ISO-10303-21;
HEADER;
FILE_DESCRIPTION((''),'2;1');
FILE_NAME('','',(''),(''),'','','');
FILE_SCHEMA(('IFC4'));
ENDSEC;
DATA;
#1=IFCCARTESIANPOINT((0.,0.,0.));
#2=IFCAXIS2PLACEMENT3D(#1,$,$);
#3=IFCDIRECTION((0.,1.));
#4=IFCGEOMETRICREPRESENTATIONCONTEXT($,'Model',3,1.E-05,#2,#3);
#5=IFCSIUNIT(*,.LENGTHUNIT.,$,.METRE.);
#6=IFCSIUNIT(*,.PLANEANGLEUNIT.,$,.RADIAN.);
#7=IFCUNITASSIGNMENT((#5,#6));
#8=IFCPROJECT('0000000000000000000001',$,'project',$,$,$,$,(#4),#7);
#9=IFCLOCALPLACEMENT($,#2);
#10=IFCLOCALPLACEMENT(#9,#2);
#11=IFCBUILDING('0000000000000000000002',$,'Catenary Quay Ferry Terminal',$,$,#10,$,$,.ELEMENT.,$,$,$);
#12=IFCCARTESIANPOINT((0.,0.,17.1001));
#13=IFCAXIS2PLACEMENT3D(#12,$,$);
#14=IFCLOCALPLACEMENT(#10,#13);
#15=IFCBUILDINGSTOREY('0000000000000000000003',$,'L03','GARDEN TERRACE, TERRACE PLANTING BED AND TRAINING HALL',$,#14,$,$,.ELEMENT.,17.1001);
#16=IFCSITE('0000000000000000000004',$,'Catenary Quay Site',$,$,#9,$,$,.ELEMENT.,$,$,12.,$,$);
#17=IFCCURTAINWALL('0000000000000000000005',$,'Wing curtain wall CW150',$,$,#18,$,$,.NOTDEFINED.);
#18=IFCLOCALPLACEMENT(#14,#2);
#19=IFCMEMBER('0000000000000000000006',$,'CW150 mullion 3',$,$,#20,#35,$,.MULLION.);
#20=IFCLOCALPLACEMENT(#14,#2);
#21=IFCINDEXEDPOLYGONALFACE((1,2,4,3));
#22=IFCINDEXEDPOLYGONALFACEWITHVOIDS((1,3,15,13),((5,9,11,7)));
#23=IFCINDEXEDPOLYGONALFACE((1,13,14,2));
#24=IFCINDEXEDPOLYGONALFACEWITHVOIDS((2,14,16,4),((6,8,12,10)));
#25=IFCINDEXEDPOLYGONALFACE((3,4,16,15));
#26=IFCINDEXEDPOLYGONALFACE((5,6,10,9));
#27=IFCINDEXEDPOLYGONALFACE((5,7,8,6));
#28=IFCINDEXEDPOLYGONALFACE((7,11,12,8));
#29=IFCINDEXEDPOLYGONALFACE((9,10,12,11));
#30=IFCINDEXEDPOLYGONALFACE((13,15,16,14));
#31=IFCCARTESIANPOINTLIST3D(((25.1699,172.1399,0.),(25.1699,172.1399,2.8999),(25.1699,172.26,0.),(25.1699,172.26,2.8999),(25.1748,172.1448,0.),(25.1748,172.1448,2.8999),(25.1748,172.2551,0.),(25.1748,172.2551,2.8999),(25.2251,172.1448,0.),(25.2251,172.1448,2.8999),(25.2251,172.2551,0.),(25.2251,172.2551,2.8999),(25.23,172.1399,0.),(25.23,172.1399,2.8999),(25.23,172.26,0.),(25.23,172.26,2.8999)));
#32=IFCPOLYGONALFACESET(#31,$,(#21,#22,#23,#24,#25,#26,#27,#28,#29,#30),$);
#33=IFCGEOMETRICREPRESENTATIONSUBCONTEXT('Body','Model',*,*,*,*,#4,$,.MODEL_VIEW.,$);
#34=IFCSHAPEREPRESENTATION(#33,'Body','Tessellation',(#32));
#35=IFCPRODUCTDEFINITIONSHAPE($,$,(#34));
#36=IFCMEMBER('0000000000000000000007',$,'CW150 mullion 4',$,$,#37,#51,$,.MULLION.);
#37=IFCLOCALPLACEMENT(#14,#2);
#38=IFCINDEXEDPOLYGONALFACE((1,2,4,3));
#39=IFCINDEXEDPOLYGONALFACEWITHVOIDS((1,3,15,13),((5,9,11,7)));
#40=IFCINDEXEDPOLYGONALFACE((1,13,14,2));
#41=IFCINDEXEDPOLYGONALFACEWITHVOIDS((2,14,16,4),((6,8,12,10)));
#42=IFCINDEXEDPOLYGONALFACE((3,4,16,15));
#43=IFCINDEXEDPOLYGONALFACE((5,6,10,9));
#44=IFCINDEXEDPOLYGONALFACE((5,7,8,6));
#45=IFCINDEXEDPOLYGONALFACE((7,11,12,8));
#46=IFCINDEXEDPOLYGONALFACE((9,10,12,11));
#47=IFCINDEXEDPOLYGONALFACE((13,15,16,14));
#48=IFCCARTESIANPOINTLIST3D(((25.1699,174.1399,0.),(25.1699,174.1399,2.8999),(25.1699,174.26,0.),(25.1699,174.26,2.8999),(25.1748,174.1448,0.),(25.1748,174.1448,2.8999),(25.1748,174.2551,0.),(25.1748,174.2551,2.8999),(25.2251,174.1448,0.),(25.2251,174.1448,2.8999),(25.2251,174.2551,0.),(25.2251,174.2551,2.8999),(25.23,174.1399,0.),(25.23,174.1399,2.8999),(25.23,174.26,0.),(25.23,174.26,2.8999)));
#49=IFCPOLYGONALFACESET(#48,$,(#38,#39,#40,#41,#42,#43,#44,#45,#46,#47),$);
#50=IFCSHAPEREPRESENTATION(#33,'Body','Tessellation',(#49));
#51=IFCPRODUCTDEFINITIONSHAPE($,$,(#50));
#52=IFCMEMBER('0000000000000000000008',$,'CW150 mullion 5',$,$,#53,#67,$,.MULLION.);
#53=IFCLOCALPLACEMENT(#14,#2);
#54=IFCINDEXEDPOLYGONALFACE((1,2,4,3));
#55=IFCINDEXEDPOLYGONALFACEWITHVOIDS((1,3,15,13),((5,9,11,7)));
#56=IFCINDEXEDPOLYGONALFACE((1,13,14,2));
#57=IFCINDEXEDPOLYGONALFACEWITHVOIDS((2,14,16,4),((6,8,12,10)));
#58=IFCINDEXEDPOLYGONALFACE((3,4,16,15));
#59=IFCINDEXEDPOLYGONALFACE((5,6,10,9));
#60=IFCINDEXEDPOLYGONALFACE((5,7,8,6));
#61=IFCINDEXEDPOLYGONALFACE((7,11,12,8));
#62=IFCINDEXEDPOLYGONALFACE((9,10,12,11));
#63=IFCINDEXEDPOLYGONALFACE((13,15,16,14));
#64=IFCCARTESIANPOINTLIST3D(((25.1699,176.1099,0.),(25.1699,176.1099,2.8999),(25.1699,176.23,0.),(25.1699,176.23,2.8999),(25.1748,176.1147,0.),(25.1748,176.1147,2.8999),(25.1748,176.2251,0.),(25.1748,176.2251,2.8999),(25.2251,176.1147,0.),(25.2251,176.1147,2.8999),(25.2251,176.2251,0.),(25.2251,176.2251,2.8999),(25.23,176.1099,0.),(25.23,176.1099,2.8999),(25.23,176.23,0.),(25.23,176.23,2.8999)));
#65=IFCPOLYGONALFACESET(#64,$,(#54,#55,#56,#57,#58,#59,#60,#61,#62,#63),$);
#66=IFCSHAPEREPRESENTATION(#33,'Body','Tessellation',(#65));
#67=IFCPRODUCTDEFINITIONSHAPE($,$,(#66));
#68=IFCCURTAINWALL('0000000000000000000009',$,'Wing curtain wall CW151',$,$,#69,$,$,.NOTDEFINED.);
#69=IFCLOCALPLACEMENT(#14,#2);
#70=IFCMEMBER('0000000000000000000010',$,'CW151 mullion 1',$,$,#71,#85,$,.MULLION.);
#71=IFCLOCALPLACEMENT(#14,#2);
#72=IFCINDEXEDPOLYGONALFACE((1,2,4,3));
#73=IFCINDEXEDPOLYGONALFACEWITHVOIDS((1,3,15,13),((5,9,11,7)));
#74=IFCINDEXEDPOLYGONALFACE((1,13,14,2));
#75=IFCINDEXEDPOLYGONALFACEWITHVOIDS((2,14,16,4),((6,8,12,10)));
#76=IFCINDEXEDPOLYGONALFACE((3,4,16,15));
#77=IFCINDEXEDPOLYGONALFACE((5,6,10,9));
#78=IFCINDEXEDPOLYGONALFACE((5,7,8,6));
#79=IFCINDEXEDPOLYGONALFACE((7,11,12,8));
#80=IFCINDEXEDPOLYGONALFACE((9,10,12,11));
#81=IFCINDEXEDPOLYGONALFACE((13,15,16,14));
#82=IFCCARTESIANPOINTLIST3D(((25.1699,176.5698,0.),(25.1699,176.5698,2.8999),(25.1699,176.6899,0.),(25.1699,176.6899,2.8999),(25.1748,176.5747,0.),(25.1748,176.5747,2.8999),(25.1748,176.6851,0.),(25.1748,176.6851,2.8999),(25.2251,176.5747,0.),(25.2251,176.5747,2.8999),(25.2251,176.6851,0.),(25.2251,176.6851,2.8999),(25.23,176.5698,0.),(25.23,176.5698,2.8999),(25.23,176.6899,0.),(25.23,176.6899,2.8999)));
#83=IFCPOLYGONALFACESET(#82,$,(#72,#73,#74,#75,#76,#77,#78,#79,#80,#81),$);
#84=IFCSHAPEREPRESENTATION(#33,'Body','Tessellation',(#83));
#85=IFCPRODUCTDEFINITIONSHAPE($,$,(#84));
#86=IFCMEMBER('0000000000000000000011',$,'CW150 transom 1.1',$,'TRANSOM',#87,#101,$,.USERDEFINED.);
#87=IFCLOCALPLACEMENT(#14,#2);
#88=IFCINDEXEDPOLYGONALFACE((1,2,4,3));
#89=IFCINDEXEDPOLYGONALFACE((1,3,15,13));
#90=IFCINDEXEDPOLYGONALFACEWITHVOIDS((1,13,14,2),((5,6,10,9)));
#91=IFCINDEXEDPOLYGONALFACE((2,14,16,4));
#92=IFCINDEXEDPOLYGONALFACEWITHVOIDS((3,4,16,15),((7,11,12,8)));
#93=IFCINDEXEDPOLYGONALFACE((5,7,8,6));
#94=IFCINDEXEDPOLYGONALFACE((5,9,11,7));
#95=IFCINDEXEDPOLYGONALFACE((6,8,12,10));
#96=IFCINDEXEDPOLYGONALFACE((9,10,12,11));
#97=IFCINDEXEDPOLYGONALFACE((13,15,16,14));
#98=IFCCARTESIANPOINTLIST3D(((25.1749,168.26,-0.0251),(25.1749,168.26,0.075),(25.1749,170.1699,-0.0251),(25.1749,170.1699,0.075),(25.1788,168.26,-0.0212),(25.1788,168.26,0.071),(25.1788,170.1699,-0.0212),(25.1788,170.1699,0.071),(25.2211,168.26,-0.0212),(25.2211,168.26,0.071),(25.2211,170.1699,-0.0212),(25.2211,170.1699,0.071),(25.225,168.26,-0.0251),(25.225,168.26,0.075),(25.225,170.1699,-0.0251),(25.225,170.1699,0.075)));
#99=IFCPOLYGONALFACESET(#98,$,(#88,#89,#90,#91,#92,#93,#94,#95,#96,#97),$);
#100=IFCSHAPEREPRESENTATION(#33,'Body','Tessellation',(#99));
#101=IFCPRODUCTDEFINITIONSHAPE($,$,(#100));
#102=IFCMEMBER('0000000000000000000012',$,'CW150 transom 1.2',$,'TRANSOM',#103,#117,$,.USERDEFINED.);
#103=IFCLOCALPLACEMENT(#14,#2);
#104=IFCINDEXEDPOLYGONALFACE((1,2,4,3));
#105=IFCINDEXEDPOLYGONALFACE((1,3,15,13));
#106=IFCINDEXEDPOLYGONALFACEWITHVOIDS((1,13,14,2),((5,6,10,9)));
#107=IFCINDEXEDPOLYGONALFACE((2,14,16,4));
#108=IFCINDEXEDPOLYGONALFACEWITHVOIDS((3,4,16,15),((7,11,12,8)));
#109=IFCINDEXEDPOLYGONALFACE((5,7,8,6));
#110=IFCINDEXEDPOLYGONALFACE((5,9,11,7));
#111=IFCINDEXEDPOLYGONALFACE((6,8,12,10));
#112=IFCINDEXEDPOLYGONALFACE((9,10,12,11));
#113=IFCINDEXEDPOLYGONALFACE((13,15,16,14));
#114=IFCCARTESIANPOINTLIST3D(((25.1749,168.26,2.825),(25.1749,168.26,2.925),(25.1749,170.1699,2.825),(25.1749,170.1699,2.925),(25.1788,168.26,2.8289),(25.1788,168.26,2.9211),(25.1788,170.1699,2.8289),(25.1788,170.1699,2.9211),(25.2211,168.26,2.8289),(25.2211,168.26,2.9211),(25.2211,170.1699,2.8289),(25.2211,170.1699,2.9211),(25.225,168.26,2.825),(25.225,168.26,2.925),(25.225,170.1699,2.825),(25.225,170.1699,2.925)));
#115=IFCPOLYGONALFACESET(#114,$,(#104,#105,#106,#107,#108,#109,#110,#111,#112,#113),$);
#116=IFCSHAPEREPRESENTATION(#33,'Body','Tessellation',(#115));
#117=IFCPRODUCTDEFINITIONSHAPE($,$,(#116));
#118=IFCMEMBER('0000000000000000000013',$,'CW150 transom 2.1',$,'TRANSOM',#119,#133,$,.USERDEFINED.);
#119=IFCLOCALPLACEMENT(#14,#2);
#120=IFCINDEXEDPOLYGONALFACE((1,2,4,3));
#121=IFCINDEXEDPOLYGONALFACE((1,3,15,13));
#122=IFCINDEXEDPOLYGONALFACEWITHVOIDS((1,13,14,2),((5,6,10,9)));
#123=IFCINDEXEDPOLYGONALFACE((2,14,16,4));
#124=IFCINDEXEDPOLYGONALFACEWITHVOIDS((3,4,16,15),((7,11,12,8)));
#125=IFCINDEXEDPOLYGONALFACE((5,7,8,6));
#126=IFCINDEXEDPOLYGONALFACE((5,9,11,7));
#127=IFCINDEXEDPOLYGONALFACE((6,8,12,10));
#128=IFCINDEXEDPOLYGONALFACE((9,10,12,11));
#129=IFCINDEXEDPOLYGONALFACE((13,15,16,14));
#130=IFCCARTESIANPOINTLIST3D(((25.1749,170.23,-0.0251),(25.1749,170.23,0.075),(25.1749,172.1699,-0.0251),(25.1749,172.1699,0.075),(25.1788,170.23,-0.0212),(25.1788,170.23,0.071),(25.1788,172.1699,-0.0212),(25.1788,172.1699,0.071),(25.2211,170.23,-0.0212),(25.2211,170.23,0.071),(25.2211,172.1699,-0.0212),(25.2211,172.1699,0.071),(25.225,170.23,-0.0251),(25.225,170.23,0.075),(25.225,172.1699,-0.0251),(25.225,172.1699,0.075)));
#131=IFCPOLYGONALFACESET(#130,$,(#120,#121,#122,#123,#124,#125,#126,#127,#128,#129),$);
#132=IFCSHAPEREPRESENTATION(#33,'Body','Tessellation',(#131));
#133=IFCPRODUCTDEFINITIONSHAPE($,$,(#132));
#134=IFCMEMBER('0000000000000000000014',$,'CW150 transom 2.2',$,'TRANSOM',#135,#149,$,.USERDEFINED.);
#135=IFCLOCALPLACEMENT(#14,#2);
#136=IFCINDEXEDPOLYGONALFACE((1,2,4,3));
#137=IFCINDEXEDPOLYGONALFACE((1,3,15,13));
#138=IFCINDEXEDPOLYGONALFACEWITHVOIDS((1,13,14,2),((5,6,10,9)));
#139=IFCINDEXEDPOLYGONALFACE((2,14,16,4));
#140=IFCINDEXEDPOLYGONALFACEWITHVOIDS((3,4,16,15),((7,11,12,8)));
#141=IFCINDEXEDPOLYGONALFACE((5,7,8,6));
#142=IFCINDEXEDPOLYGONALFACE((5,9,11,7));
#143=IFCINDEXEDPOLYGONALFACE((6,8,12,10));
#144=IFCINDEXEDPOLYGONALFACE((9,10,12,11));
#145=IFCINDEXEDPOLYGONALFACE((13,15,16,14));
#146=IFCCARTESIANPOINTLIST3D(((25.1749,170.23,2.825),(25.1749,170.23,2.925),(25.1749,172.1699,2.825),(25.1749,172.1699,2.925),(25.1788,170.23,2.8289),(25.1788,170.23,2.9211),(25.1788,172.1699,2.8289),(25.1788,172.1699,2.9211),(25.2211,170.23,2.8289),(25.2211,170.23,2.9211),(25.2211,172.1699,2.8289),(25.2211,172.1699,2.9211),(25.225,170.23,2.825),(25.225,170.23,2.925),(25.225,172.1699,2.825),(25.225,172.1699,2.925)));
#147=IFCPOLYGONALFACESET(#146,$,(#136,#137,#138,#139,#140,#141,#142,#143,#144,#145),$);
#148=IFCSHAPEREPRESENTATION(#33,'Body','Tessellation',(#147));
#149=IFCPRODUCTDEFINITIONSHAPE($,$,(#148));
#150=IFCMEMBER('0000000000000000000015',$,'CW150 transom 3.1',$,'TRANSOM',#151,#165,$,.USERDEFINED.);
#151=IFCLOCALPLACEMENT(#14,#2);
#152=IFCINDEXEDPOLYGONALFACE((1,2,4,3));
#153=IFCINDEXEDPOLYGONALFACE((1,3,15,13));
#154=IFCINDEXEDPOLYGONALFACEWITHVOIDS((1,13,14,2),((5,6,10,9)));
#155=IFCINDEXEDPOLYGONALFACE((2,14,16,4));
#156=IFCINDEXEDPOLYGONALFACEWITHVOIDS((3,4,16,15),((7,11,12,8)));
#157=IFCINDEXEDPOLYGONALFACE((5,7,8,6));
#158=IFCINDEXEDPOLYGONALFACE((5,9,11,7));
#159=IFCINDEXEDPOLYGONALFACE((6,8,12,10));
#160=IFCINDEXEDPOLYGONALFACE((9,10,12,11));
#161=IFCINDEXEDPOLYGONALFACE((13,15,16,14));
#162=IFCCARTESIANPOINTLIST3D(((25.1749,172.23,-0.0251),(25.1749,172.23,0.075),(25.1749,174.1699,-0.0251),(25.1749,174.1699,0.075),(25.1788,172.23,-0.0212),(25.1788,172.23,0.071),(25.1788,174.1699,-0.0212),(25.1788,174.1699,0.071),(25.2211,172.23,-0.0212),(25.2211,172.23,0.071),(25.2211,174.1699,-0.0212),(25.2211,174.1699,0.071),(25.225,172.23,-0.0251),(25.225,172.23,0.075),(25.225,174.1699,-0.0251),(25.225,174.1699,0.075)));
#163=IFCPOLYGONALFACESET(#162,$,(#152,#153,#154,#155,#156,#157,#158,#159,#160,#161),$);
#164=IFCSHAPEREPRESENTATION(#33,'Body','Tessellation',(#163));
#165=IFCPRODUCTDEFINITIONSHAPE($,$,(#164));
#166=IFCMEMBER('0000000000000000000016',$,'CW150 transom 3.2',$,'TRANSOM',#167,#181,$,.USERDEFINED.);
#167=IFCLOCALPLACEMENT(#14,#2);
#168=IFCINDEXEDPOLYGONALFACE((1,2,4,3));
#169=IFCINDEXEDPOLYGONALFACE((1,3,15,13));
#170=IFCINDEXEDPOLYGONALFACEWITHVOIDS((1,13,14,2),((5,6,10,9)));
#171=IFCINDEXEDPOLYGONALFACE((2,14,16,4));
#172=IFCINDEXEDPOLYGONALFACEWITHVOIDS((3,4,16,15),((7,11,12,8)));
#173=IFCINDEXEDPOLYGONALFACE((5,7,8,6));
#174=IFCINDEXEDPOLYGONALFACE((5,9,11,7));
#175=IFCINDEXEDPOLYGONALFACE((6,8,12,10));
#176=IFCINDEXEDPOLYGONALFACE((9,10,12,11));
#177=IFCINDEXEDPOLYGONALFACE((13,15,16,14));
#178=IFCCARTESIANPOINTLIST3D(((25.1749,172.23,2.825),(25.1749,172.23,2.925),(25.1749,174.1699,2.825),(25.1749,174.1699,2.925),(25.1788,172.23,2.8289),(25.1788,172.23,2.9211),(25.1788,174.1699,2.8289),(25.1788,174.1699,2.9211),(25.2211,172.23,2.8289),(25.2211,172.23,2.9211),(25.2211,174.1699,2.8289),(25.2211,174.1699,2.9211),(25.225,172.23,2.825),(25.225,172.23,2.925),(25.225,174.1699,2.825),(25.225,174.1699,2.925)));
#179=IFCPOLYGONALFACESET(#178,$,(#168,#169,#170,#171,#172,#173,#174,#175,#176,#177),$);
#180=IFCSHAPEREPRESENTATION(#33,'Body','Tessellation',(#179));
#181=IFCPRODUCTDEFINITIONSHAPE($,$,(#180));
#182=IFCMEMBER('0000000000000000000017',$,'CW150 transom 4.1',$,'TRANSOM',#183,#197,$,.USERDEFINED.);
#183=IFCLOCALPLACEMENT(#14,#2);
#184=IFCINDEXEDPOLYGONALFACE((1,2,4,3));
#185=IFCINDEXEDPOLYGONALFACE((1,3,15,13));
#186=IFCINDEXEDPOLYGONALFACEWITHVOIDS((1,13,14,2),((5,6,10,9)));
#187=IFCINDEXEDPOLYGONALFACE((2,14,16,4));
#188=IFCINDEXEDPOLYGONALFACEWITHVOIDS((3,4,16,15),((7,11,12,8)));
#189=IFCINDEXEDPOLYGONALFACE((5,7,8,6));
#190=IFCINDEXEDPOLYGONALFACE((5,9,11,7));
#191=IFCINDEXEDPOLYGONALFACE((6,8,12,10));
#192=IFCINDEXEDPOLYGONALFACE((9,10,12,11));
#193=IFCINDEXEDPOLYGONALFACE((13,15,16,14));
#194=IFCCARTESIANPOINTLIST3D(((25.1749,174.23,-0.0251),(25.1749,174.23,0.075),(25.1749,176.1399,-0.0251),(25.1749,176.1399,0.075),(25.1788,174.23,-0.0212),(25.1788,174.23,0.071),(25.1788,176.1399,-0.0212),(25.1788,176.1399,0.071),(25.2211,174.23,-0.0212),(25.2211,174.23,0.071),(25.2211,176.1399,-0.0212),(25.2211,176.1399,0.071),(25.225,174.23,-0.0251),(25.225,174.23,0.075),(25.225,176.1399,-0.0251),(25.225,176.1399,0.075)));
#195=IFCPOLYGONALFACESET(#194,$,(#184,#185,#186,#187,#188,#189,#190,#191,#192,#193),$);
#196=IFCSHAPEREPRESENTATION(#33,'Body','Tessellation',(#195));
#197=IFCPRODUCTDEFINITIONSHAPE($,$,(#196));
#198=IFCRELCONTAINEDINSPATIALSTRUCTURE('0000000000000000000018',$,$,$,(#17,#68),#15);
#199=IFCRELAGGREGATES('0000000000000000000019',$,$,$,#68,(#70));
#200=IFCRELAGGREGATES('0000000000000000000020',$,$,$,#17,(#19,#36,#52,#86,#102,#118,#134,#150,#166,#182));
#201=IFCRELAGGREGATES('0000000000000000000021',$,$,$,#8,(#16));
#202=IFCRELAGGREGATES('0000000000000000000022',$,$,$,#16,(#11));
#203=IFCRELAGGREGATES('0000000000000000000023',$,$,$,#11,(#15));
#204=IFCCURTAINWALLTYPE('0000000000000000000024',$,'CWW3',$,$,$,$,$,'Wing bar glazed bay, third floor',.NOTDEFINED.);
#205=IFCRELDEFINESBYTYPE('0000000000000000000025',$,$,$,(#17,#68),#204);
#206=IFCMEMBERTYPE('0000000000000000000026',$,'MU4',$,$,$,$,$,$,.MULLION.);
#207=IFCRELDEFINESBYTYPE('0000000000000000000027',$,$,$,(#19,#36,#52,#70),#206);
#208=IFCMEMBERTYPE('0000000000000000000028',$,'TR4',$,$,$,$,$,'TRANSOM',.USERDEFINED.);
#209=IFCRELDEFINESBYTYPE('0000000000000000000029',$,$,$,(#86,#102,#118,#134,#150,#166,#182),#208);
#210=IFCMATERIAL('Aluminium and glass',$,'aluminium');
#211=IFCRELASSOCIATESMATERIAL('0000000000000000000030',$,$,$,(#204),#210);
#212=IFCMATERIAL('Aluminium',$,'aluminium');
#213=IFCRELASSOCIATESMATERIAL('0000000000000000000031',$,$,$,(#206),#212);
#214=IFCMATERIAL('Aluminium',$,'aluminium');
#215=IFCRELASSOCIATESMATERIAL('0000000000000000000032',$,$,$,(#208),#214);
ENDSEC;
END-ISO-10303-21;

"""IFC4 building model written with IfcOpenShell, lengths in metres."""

from ifc_helpers import new_model, si_unit, direction, frame, origin, origin_2d, place, context, subcontext, project, spatial, hollow_rectangle, extrude, material, material_profile, profile_set, type_object, element, aggregate, save


model = new_model("IFC4")

# Units and contexts
model_context = context("Model", 3, precision=1e-05, world=origin(), true_north=direction((0.0, 1.0)))
body_context = subcontext(model_context, "Body", "Model", "MODEL_VIEW")
ifc_project = project(units=[si_unit("LENGTHUNIT", "METRE"), si_unit("PLANEANGLEUNIT", "RADIAN")], contexts=[model_context])

# Site, building, storey
site_placement = place(None, origin())
site = spatial("IfcSite", under=ifc_project, at=site_placement, Name="Catenary Quay Site", CompositionType="ELEMENT", RefElevation=12.0)
building_placement = place(site_placement, origin())
building = spatial("IfcBuilding", under=site, at=building_placement, Name="Catenary Quay Ferry Terminal", CompositionType="ELEMENT")
storey_placement = place(building_placement, frame((0.0, 0.0, 17.1001)))
storey = spatial("IfcBuildingStorey", under=building, at=storey_placement, Name="L03", Description="GARDEN TERRACE, TERRACE PLANTING BED AND TRAINING HALL", CompositionType="ELEMENT", Elevation=17.1001)

# Curtain wall, members
ifc_material_1 = material(Name="Aluminium and glass", Category="aluminium")
curtain_wall_type = type_object("IfcCurtainWallType", Name="CWW3", ElementType="Wing bar glazed bay, third floor", PredefinedType="NOTDEFINED", material=ifc_material_1)
curtain_wall_1_placement = place(storey_placement, origin())
curtain_wall_1 = element("IfcCurtainWall", 1, at=curtain_wall_1_placement, inside=storey, type_object=curtain_wall_type, Name="Wing curtain wall CW150", PredefinedType="NOTDEFINED")
ifc_material_2 = material(Name="Aluminium", Category="aluminium")
ifc_material_profile_1 = material_profile(ifc_material_2, hollow_rectangle(XDim=0.0601, YDim=0.1201, WallThickness=0.0049, at=origin_2d()), Name="MU4")
ifc_profile_set_1 = profile_set([ifc_material_profile_1], Name="Aluminium")
member_type_1 = type_object("IfcMemberType", Name="MU4", PredefinedType="MULLION", material=ifc_profile_set_1)
member_1_placement = place(storey_placement, frame((25.2, 172.2, 0.0), z_axis=(0.0, 0.0, 1.0), x_axis=(-1.0, 0.0, 0.0)))
member_1 = element("IfcMember", 2, at=member_1_placement, type_object=member_type_1, Name="CW150 mullion 3", PredefinedType="MULLION", context=body_context, shape_type="SweptSolid", body=[
    extrude(hollow_rectangle(XDim=0.0601, YDim=0.1201, WallThickness=0.0049, at=origin_2d()), origin(), (0.0, 0.0, 1.0), 2.8999),
])
member_2_placement = place(storey_placement, frame((25.2, 174.2, 0.0), z_axis=(0.0, 0.0, 1.0), x_axis=(-1.0, 0.0, 0.0)))
member_2 = element("IfcMember", 3, at=member_2_placement, type_object=member_type_1, Name="CW150 mullion 4", PredefinedType="MULLION", context=body_context, shape_type="SweptSolid", body=[
    extrude(hollow_rectangle(XDim=0.0601, YDim=0.1201, WallThickness=0.0049, at=origin_2d()), origin(), (0.0, 0.0, 1.0), 2.8999),
])
member_3_placement = place(storey_placement, frame((25.2, 176.1699, 0.0), z_axis=(0.0, 0.0, 1.0), x_axis=(-1.0, 0.0, 0.0)))
member_3 = element("IfcMember", 4, at=member_3_placement, type_object=member_type_1, Name="CW150 mullion 5", PredefinedType="MULLION", context=body_context, shape_type="SweptSolid", body=[
    extrude(hollow_rectangle(XDim=0.0601, YDim=0.1201, WallThickness=0.0049, at=origin_2d()), origin(), (0.0, 0.0, 1.0), 2.8999),
])

# Curtain wall, member
curtain_wall_2_placement = place(storey_placement, origin())
curtain_wall_2 = element("IfcCurtainWall", 5, at=curtain_wall_2_placement, inside=storey, type_object=curtain_wall_type, Name="Wing curtain wall CW151", PredefinedType="NOTDEFINED")
member_4_placement = place(storey_placement, frame((25.2, 176.6299, 0.0), z_axis=(0.0, 0.0, 1.0), x_axis=(-1.0, 0.0, 0.0)))
member_4 = element("IfcMember", 6, at=member_4_placement, type_object=member_type_1, Name="CW151 mullion 1", PredefinedType="MULLION", context=body_context, shape_type="SweptSolid", body=[
    extrude(hollow_rectangle(XDim=0.0601, YDim=0.1201, WallThickness=0.0049, at=origin_2d()), origin(), (0.0, 0.0, 1.0), 2.8999),
])
aggregate(curtain_wall_2, [member_4])

# Members
ifc_material_3 = material(Name="Aluminium", Category="aluminium")
ifc_material_profile_2 = material_profile(ifc_material_3, hollow_rectangle(XDim=0.05, YDim=0.1001, WallThickness=0.0039, at=origin_2d()), Name="TR4")
ifc_profile_set_2 = profile_set([ifc_material_profile_2], Name="Aluminium")
member_type_2 = type_object("IfcMemberType", Name="TR4", ElementType="TRANSOM", PredefinedType="USERDEFINED", material=ifc_profile_set_2)
member_5_placement = place(storey_placement, frame((25.2, 168.26, 0.0249), z_axis=(0.0, 1.0, 0.0), x_axis=(-1.0, 0.0, 0.0)))
member_5 = element("IfcMember", 7, at=member_5_placement, type_object=member_type_2, Name="CW150 transom 1.1", ObjectType="TRANSOM", PredefinedType="USERDEFINED", context=body_context, shape_type="SweptSolid", body=[
    extrude(hollow_rectangle(XDim=0.05, YDim=0.1001, WallThickness=0.0039, at=origin_2d()), origin(), (0.0, 0.0, 1.0), 1.9099),
])
member_6_placement = place(storey_placement, frame((25.2, 168.26, 2.875), z_axis=(0.0, 1.0, 0.0), x_axis=(-1.0, 0.0, 0.0)))
member_6 = element("IfcMember", 8, at=member_6_placement, type_object=member_type_2, Name="CW150 transom 1.2", ObjectType="TRANSOM", PredefinedType="USERDEFINED", context=body_context, shape_type="SweptSolid", body=[
    extrude(hollow_rectangle(XDim=0.05, YDim=0.1001, WallThickness=0.0039, at=origin_2d()), origin(), (0.0, 0.0, 1.0), 1.9099),
])
member_7_placement = place(storey_placement, frame((25.2, 170.23, 0.0249), z_axis=(0.0, 1.0, 0.0), x_axis=(-1.0, 0.0, 0.0)))
member_7 = element("IfcMember", 9, at=member_7_placement, type_object=member_type_2, Name="CW150 transom 2.1", ObjectType="TRANSOM", PredefinedType="USERDEFINED", context=body_context, shape_type="SweptSolid", body=[
    extrude(hollow_rectangle(XDim=0.05, YDim=0.1001, WallThickness=0.0039, at=origin_2d()), origin(), (0.0, 0.0, 1.0), 1.9399),
])
member_8_placement = place(storey_placement, frame((25.2, 170.23, 2.875), z_axis=(0.0, 1.0, 0.0), x_axis=(-1.0, 0.0, 0.0)))
member_8 = element("IfcMember", 10, at=member_8_placement, type_object=member_type_2, Name="CW150 transom 2.2", ObjectType="TRANSOM", PredefinedType="USERDEFINED", context=body_context, shape_type="SweptSolid", body=[
    extrude(hollow_rectangle(XDim=0.05, YDim=0.1001, WallThickness=0.0039, at=origin_2d()), origin(), (0.0, 0.0, 1.0), 1.9399),
])
member_9_placement = place(storey_placement, frame((25.2, 172.23, 0.0249), z_axis=(0.0, 1.0, 0.0), x_axis=(-1.0, 0.0, 0.0)))
member_9 = element("IfcMember", 11, at=member_9_placement, type_object=member_type_2, Name="CW150 transom 3.1", ObjectType="TRANSOM", PredefinedType="USERDEFINED", context=body_context, shape_type="SweptSolid", body=[
    extrude(hollow_rectangle(XDim=0.05, YDim=0.1001, WallThickness=0.0039, at=origin_2d()), origin(), (0.0, 0.0, 1.0), 1.9399),
])
member_10_placement = place(storey_placement, frame((25.2, 172.23, 2.875), z_axis=(0.0, 1.0, 0.0), x_axis=(-1.0, 0.0, 0.0)))
member_10 = element("IfcMember", 12, at=member_10_placement, type_object=member_type_2, Name="CW150 transom 3.2", ObjectType="TRANSOM", PredefinedType="USERDEFINED", context=body_context, shape_type="SweptSolid", body=[
    extrude(hollow_rectangle(XDim=0.05, YDim=0.1001, WallThickness=0.0039, at=origin_2d()), origin(), (0.0, 0.0, 1.0), 1.9399),
])
member_11_placement = place(storey_placement, frame((25.2, 174.23, 0.0249), z_axis=(0.0, 1.0, 0.0), x_axis=(-1.0, 0.0, 0.0)))
member_11 = element("IfcMember", 13, at=member_11_placement, type_object=member_type_2, Name="CW150 transom 4.1", ObjectType="TRANSOM", PredefinedType="USERDEFINED", context=body_context, shape_type="SweptSolid", body=[
    extrude(hollow_rectangle(XDim=0.05, YDim=0.1001, WallThickness=0.0039, at=origin_2d()), origin(), (0.0, 0.0, 1.0), 1.9099),
])

aggregate(curtain_wall_1, [member_1, member_2, member_3, member_5, member_6, member_7, member_8, member_9, member_10, member_11])

save(model, "model.ifc")
